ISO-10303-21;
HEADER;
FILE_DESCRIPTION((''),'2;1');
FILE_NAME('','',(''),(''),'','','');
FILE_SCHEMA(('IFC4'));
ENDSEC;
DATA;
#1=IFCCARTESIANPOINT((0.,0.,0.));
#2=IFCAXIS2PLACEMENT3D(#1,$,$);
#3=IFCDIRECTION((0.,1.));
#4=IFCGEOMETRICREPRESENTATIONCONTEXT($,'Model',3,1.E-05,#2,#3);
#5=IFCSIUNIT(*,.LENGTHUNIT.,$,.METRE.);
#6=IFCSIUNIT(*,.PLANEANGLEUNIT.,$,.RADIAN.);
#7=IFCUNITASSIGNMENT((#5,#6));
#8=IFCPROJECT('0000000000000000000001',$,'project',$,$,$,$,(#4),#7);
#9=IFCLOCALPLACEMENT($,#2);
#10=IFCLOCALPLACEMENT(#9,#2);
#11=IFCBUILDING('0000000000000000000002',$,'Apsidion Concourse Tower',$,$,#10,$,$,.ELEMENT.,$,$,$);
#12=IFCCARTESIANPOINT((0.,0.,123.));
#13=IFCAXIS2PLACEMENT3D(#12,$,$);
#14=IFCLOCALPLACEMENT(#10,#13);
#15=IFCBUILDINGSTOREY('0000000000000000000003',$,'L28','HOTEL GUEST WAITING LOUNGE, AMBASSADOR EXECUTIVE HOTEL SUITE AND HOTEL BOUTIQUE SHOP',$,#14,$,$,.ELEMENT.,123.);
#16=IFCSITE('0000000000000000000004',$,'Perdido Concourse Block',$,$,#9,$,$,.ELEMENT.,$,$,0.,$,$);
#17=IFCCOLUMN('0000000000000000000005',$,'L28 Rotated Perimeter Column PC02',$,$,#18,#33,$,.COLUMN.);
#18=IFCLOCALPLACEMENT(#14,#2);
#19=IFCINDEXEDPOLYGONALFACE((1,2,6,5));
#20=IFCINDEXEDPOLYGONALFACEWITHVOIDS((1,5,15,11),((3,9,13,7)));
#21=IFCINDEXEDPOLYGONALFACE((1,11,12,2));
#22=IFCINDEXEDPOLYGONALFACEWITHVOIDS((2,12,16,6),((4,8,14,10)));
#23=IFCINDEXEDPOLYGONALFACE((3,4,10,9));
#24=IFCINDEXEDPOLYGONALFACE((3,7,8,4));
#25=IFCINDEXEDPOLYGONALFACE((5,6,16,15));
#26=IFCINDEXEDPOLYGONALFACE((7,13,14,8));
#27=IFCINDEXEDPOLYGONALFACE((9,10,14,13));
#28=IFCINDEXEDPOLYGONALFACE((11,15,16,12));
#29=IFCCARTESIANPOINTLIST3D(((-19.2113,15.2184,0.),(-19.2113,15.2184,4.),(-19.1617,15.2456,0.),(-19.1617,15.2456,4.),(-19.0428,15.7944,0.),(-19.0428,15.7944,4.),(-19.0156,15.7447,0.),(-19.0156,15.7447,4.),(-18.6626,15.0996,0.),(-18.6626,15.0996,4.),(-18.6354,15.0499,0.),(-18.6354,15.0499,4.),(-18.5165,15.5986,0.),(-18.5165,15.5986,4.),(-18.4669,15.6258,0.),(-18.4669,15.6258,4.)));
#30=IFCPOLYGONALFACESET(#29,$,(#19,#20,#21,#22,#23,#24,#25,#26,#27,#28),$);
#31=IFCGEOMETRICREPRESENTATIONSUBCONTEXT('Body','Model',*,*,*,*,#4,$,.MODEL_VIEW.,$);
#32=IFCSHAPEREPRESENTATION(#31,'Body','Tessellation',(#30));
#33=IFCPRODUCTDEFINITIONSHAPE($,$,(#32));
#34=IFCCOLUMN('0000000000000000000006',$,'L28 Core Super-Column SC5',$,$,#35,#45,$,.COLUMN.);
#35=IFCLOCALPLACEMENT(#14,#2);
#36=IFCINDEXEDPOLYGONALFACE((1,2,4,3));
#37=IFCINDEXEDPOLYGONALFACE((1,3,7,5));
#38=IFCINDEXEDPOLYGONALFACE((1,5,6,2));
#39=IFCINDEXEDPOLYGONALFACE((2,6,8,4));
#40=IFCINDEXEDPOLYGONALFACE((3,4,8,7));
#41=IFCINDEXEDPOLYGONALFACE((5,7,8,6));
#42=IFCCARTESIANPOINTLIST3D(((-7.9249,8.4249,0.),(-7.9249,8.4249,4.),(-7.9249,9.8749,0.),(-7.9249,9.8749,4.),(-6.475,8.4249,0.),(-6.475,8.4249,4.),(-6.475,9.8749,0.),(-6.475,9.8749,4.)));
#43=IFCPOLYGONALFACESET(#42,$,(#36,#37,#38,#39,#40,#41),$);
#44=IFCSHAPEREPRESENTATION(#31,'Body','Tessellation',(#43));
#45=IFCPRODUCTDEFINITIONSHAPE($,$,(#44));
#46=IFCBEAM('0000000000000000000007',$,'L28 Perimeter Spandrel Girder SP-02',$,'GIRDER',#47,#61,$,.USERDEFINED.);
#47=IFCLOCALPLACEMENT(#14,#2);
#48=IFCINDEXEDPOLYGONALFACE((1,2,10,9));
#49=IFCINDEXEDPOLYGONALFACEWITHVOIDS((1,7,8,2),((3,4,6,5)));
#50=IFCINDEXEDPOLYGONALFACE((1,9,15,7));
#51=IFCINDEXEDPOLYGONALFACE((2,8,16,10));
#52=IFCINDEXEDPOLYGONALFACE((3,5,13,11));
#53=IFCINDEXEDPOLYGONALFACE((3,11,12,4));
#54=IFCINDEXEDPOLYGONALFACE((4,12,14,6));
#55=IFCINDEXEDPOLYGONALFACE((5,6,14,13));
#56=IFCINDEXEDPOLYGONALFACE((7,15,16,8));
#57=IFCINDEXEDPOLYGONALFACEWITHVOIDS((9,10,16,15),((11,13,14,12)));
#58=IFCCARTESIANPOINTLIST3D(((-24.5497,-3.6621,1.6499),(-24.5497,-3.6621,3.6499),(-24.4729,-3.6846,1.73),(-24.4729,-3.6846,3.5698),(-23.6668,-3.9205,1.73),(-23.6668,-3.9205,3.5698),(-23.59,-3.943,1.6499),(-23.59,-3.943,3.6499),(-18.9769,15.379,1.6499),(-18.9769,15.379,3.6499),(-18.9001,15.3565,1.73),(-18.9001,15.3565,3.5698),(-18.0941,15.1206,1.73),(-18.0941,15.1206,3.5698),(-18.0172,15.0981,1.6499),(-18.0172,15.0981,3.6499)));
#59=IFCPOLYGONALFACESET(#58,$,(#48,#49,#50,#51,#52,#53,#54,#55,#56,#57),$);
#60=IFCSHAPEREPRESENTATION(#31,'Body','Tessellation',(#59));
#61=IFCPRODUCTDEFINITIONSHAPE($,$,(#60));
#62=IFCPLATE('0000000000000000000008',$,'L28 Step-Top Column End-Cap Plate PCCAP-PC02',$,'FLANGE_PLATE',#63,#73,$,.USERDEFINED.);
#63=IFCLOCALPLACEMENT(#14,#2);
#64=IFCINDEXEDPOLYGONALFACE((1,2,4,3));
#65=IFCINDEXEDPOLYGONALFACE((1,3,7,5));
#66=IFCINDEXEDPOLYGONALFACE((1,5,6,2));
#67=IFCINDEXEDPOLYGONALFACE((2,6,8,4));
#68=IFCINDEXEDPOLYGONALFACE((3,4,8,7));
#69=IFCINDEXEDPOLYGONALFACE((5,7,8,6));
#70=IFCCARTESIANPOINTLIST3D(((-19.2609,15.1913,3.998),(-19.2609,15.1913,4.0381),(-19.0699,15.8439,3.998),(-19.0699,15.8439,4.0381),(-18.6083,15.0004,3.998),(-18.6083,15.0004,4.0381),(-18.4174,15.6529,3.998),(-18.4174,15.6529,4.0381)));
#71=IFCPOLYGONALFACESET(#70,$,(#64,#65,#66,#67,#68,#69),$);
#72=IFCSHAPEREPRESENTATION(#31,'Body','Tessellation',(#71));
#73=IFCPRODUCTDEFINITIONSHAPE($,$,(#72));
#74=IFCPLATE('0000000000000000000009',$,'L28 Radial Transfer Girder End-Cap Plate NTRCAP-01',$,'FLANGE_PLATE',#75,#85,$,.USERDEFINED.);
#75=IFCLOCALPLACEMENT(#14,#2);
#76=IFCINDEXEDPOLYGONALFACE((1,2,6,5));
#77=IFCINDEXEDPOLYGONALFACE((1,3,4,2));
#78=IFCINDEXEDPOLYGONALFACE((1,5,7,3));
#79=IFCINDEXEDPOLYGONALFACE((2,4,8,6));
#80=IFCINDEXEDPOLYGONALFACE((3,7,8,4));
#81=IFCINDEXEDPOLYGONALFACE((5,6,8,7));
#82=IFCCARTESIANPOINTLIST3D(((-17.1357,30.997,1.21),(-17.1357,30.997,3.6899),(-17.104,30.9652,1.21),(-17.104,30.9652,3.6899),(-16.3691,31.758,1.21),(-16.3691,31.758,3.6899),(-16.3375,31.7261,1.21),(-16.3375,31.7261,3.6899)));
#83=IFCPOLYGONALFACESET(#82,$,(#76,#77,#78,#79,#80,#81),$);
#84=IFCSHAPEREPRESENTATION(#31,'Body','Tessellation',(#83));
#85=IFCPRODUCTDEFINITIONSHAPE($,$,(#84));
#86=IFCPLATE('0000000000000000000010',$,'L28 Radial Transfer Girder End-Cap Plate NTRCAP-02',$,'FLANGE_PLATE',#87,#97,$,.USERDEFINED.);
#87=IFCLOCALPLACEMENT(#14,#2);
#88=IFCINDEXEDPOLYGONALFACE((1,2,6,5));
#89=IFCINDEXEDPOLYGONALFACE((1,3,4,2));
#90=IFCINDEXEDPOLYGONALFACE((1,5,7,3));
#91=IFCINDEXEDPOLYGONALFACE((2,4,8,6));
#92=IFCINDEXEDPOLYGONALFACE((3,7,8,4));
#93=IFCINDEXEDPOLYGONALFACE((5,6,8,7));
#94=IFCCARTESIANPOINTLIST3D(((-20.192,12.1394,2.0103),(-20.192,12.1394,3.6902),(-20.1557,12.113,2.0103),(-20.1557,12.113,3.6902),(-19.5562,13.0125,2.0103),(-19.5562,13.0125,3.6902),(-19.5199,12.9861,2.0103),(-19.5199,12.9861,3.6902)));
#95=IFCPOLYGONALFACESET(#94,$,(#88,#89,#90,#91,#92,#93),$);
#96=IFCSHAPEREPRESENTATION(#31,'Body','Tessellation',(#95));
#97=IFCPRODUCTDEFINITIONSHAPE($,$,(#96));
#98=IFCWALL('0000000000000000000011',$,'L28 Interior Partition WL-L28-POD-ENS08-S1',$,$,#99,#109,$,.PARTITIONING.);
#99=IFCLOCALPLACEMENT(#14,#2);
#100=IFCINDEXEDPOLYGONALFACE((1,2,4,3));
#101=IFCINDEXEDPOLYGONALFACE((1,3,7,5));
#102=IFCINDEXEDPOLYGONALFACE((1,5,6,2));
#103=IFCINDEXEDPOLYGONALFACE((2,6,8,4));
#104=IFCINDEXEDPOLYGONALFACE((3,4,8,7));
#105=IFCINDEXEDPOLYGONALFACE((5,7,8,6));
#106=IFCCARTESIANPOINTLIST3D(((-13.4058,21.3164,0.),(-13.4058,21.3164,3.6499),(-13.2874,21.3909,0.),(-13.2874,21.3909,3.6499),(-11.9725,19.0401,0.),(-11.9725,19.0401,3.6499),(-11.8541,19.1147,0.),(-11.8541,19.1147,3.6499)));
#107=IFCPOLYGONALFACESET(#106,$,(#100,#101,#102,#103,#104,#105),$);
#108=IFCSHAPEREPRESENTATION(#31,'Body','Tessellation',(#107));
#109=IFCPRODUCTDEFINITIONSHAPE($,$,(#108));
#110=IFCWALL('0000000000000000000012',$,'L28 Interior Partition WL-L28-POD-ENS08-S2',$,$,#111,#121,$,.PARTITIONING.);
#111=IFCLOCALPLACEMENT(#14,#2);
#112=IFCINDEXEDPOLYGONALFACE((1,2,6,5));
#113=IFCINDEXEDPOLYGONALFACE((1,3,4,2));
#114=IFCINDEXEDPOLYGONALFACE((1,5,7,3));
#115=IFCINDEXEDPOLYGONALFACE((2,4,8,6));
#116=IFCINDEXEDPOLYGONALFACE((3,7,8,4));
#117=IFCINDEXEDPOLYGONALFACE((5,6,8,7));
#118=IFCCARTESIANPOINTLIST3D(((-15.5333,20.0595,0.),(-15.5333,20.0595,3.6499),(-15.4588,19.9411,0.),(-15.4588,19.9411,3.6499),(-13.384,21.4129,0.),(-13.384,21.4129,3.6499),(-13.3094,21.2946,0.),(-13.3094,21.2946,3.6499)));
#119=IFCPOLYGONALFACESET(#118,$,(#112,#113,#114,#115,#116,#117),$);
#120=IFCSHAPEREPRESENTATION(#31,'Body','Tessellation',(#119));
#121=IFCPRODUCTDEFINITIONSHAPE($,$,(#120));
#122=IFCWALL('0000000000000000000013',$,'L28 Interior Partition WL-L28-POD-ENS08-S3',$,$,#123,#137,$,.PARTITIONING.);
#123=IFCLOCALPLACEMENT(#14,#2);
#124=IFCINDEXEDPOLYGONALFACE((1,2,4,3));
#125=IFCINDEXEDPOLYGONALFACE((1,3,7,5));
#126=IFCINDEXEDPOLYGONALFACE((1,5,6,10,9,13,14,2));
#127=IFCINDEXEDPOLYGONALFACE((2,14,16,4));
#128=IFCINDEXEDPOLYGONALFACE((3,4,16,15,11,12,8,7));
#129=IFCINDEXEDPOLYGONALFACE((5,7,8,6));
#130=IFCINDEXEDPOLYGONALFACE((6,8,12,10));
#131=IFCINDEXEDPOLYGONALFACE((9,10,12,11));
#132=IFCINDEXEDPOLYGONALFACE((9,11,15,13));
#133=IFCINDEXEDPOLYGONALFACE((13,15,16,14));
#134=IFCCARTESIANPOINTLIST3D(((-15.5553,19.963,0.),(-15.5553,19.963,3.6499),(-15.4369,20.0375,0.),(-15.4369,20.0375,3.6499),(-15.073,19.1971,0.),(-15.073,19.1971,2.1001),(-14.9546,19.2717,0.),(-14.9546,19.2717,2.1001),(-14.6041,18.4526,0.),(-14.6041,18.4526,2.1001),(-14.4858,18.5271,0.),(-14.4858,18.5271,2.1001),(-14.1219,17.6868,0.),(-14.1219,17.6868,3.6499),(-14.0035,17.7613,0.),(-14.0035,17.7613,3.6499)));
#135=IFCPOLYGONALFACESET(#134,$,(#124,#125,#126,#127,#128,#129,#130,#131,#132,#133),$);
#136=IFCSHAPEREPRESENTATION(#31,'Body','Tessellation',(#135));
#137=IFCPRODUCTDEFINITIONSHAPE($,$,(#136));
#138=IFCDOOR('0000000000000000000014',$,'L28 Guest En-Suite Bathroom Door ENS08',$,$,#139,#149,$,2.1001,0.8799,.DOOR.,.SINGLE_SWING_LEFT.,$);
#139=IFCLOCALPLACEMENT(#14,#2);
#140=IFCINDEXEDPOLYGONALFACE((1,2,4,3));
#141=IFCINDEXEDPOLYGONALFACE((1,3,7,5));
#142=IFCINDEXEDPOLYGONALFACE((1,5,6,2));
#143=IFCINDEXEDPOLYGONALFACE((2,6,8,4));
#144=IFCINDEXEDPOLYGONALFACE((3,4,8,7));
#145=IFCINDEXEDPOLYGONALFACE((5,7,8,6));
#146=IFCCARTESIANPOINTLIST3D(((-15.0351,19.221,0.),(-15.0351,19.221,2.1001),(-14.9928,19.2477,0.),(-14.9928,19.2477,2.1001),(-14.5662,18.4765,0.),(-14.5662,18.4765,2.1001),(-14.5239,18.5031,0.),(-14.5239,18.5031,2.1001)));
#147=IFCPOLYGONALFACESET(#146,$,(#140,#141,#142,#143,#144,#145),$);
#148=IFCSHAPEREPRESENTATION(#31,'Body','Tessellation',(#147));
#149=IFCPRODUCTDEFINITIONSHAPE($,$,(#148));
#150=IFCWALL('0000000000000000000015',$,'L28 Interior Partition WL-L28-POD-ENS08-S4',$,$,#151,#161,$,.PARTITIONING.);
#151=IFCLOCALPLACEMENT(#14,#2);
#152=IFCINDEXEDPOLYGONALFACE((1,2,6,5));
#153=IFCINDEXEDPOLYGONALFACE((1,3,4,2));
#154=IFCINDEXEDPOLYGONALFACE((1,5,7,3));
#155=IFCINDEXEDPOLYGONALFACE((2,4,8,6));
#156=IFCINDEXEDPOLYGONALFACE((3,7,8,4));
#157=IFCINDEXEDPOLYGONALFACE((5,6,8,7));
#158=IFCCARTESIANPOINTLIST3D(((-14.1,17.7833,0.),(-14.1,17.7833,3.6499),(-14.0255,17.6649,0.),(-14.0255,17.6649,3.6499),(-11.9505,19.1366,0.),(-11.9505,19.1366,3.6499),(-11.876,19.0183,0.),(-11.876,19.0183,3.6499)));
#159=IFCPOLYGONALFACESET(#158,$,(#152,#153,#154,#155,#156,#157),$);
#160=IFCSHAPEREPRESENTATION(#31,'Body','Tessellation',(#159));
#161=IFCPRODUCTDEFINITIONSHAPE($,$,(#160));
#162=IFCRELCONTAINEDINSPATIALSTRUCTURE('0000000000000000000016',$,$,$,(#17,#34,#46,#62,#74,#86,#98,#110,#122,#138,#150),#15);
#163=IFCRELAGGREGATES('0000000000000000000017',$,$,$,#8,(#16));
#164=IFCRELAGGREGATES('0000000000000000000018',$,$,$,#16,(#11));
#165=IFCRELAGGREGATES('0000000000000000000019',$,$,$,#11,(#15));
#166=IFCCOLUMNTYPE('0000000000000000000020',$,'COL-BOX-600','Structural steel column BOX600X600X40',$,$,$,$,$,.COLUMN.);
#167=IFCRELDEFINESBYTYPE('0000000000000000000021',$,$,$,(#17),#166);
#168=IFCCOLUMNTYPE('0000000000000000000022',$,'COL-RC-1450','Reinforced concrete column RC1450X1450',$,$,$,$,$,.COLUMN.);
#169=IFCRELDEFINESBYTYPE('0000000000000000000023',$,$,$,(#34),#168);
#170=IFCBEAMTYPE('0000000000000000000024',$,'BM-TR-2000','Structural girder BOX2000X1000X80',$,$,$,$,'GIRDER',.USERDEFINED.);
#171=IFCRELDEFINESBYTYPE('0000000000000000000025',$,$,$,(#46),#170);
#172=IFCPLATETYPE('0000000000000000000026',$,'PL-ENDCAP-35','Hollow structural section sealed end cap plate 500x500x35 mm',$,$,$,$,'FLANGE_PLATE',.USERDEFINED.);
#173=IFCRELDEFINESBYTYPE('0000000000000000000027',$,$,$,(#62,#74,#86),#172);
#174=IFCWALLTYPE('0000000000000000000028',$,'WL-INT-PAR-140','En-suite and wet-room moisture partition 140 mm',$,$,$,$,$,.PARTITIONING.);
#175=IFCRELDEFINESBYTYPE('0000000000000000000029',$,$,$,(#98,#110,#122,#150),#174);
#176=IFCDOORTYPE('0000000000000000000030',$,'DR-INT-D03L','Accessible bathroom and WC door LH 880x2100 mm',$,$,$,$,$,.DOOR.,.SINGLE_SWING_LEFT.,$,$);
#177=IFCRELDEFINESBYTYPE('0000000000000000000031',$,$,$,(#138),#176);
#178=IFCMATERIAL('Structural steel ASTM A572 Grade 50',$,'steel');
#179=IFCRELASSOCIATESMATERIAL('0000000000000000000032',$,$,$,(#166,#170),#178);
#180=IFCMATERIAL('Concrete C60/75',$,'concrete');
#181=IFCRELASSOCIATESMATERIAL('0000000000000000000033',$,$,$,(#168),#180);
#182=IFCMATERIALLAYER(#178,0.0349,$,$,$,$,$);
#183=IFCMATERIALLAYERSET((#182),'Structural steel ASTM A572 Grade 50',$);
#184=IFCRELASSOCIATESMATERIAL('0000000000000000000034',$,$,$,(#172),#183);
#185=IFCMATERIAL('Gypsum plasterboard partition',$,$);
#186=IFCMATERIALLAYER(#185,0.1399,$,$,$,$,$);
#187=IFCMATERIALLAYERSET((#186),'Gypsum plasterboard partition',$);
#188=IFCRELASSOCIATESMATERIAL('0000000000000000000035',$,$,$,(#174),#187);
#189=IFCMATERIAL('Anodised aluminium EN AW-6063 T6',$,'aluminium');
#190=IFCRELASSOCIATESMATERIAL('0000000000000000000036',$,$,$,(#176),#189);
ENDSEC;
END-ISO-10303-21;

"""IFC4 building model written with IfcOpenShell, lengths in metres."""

from ifc_helpers import new_model, si_unit, direction, frame, frame_2d, origin, origin_2d, place, context, subcontext, project, spatial, rectangle, hollow_rectangle, extrude, material, layer, layer_set, material_profile, profile_set, type_object, element, fill, save


model = new_model("IFC4")

# Units and contexts
model_context = context("Model", 3, precision=1e-05, world=origin(), true_north=direction((0.0, 1.0)))
body_context = subcontext(model_context, "Body", "Model", "MODEL_VIEW")
ifc_project = project(units=[si_unit("LENGTHUNIT", "METRE"), si_unit("PLANEANGLEUNIT", "RADIAN")], contexts=[model_context])

# Site, building, storey
site_placement = place(None, origin())
site = spatial("IfcSite", under=ifc_project, at=site_placement, Name="Perdido Concourse Block", CompositionType="ELEMENT", RefElevation=0.0)
building_placement = place(site_placement, origin())
building = spatial("IfcBuilding", under=site, at=building_placement, Name="Apsidion Concourse Tower", CompositionType="ELEMENT")
storey_placement = place(building_placement, frame((0.0, 0.0, 123.0)))
storey = spatial("IfcBuildingStorey", under=building, at=storey_placement, Name="L28", Description="HOTEL GUEST WAITING LOUNGE, AMBASSADOR EXECUTIVE HOTEL SUITE AND HOTEL BOUTIQUE SHOP", CompositionType="ELEMENT", Elevation=123.0)

# Columns
ifc_material_1 = material(Name="Structural steel ASTM A572 Grade 50", Category="steel")
ifc_material_profile_1 = material_profile(ifc_material_1, hollow_rectangle(XDim=0.6001, YDim=0.6001, WallThickness=0.04, at=origin_2d()), Name="BOX600X600X40")
ifc_profile_set_1 = profile_set([ifc_material_profile_1], Name="Structural steel ASTM A572 Grade 50")
column_type_1 = type_object("IfcColumnType", Name="COL-BOX-600", Description="Structural steel column BOX600X600X40", PredefinedType="COLUMN", material=ifc_profile_set_1)
column_1_placement = place(storey_placement, frame((-18.8391, 15.4221, 0.0), z_axis=(0.0, 0.0, 1.0), x_axis=(0.280834, 0.959756, 0.0)))
element("IfcColumn", 1, at=column_1_placement, inside=storey, type_object=column_type_1, Name="L28 Rotated Perimeter Column PC02", PredefinedType="COLUMN", context=body_context, shape_type="SweptSolid", body=[
    extrude(hollow_rectangle(XDim=0.6001, YDim=0.6001, WallThickness=0.04, at=origin_2d()), origin(), (0.0, 0.0, 1.0), 4.0),
])
ifc_material_2 = material(Name="Concrete C60/75", Category="concrete")
ifc_material_profile_2 = material_profile(ifc_material_2, rectangle(XDim=1.45, YDim=1.45, at=origin_2d()), Name="RC 1450x1450")
ifc_profile_set_2 = profile_set([ifc_material_profile_2], Name="Concrete C60/75")
column_type_2 = type_object("IfcColumnType", Name="COL-RC-1450", Description="Reinforced concrete column RC1450X1450", PredefinedType="COLUMN", material=ifc_profile_set_2)
column_2_placement = place(storey_placement, frame((-7.2, 9.1499, 0.0), z_axis=(0.0, 0.0, 1.0), x_axis=(1.0, 0.0, 0.0)))
element("IfcColumn", 2, at=column_2_placement, inside=storey, type_object=column_type_2, Name="L28 Core Super-Column SC5", PredefinedType="COLUMN", context=body_context, shape_type="SweptSolid", body=[
    extrude(rectangle(XDim=1.45, YDim=1.45, at=origin_2d()), origin(), (0.0, 0.0, 1.0), 4.0),
])

# Beam
ifc_material_profile_3 = material_profile(ifc_material_1, hollow_rectangle(XDim=1.0, YDim=2.0, WallThickness=0.0801, at=origin_2d()), Name="BOX2000X1000X80")
ifc_profile_set_3 = profile_set([ifc_material_profile_3], Name="Structural steel ASTM A572 Grade 50")
beam_type = type_object("IfcBeamType", Name="BM-TR-2000", Description="Structural girder BOX2000X1000X80", ElementType="GIRDER", PredefinedType="USERDEFINED", material=ifc_profile_set_3)
beam_placement = place(storey_placement, frame((-18.4971, 15.2385, 2.6499), z_axis=(-0.280888, -0.95974, 0.0), x_axis=(0.95974, -0.280888, 0.0)))
element("IfcBeam", 3, at=beam_placement, inside=storey, type_object=beam_type, Name="L28 Perimeter Spandrel Girder SP-02", ObjectType="GIRDER", PredefinedType="USERDEFINED", context=body_context, shape_type="SweptSolid", body=[
    extrude(hollow_rectangle(XDim=1.0, YDim=2.0, WallThickness=0.0801, at=origin_2d()), origin(), (0.0, 0.0, 1.0), 19.8398),
])

# Plates
ifc_layer_1 = layer(ifc_material_1, 0.0349)
ifc_layer_set_1 = layer_set([ifc_layer_1], Name="Structural steel ASTM A572 Grade 50")
plate_type = type_object("IfcPlateType", Name="PL-ENDCAP-35", Description="Hollow structural section sealed end cap plate 500x500x35 mm", ElementType="FLANGE_PLATE", PredefinedType="USERDEFINED", material=ifc_layer_set_1)
plate_1_placement = place(storey_placement, frame((-18.8391, 15.4221, 3.998), z_axis=(0.0, 0.0, 1.0), x_axis=(0.280834, 0.959756, 0.0)))
element("IfcPlate", 4, at=plate_1_placement, inside=storey, type_object=plate_type, Name="L28 Step-Top Column End-Cap Plate PCCAP-PC02", ObjectType="FLANGE_PLATE", PredefinedType="USERDEFINED", context=body_context, shape_type="SweptSolid", body=[
    extrude(rectangle(XDim=0.6799, YDim=0.6799, at=origin_2d()), origin(), (0.0, 0.0, 1.0), 0.04),
])
plate_2_placement = place(storey_placement, frame((-16.7366, 31.3616, 1.21), z_axis=(0.0, 0.0, 1.0), x_axis=(-0.70451, 0.709694, 0.0)))
element("IfcPlate", 5, at=plate_2_placement, inside=storey, type_object=plate_type, Name="L28 Radial Transfer Girder End-Cap Plate NTRCAP-01", ObjectType="FLANGE_PLATE", PredefinedType="USERDEFINED", context=body_context, shape_type="SweptSolid", body=[
    extrude(rectangle(XDim=0.0449, YDim=1.0801, at=origin_2d()), origin(), (0.0, 0.0, 1.0), 2.48),
])
plate_3_placement = place(storey_placement, frame((-19.856, 12.5627, 2.0103), z_axis=(0.0, 0.0, 1.0), x_axis=(-0.808401, 0.588632, 0.0)))
element("IfcPlate", 6, at=plate_3_placement, inside=storey, type_object=plate_type, Name="L28 Radial Transfer Girder End-Cap Plate NTRCAP-02", ObjectType="FLANGE_PLATE", PredefinedType="USERDEFINED", context=body_context, shape_type="SweptSolid", body=[
    extrude(rectangle(XDim=0.0449, YDim=1.0801, at=origin_2d()), origin(), (0.0, 0.0, 1.0), 1.6799),
])

# Walls
ifc_material_3 = material(Name="Gypsum plasterboard partition")
ifc_layer_2 = layer(ifc_material_3, 0.1399)
ifc_layer_set_2 = layer_set([ifc_layer_2], Name="Gypsum plasterboard partition")
wall_type_1 = type_object("IfcWallType", Name="WL-INT-PAR-140", Description="En-suite and wet-room moisture partition 140 mm", PredefinedType="PARTITIONING", material=ifc_layer_set_2)
wall_1_placement = place(storey_placement, frame((-11.9133, 19.0774, 0.0), z_axis=(0.0, 0.0, 1.0), x_axis=(-0.532835, 0.846219, 0.0)))
element("IfcWall", 7, at=wall_1_placement, inside=storey, type_object=wall_type_1, Name="L28 Interior Partition WL-L28-POD-ENS08-S1", PredefinedType="PARTITIONING", context=body_context, shape_type="SweptSolid", body=[
    extrude(rectangle(XDim=2.6899, YDim=0.1399, at=frame_2d((1.345, 0.0))), origin(), (0.0, 0.0, 1.0), 3.6499),
])
wall_2_placement = place(storey_placement, frame((-13.3467, 21.3538, 0.0), z_axis=(0.0, 0.0, 1.0), x_axis=(-0.846201, -0.532864, 0.0)))
element("IfcWall", 8, at=wall_2_placement, inside=storey, type_object=wall_type_1, Name="L28 Interior Partition WL-L28-POD-ENS08-S2", PredefinedType="PARTITIONING", context=body_context, shape_type="SweptSolid", body=[
    extrude(rectangle(XDim=2.54, YDim=0.1399, at=frame_2d((1.27, 0.0))), origin(), (0.0, 0.0, 1.0), 3.6499),
])

# Wall, opening, door
wall_3_placement = place(storey_placement, frame((-15.4961, 20.0002, 0.0), z_axis=(0.0, 0.0, 1.0), x_axis=(0.532876, -0.846193, 0.0)))
wall_3 = element("IfcWall", 9, at=wall_3_placement, inside=storey, type_object=wall_type_1, Name="L28 Interior Partition WL-L28-POD-ENS08-S3", PredefinedType="PARTITIONING", context=body_context, shape_type="SweptSolid", body=[
    extrude(rectangle(XDim=2.6899, YDim=0.1399, at=frame_2d((1.345, 0.0))), origin(), (0.0, 0.0, 1.0), 3.6499),
])
opening_1_placement = place(wall_3_placement, frame((0.905, 0.0, 0.0)))
opening_1 = element("IfcOpeningElement", 10, at=opening_1_placement, cuts=wall_3, PredefinedType="OPENING", context=body_context, shape_type="SweptSolid", body=[
    extrude(rectangle(XDim=0.8799, YDim=2.1001, at=frame_2d((0.4399, 1.05))), frame((0.0, 0.0801, 0.0), z_axis=(0.0, -1.0, 0.0), x_axis=(1.0, 0.0, 0.0)), (0.0, 0.0, 1.0), 0.1599),
])
ifc_material_4 = material(Name="Anodised aluminium EN AW-6063 T6", Category="aluminium")
door_type_1 = type_object("IfcDoorType", Name="DR-INT-D03L", Description="Accessible bathroom and WC door LH 880x2100 mm", OperationType="SINGLE_SWING_LEFT", PredefinedType="DOOR", material=ifc_material_4)
door_1_placement = place(opening_1_placement, origin())
door_1 = element("IfcDoor", 11, at=door_1_placement, inside=storey, type_object=door_type_1, Name="L28 Guest En-Suite Bathroom Door ENS08", OperationType="SINGLE_SWING_LEFT", OverallHeight=2.1001, OverallWidth=0.8799, PredefinedType="DOOR", context=body_context, shape_type="SweptSolid", body=[
    extrude(rectangle(XDim=0.8799, YDim=2.1001, at=frame_2d((0.4399, 1.05))), frame((0.0, 0.0249, 0.0), z_axis=(0.0, -1.0, 0.0), x_axis=(1.0, 0.0, 0.0)), (0.0, 0.0, 1.0), 0.05),
])
fill(opening_1, door_1)

# Wall
wall_4_placement = place(storey_placement, frame((-14.0627, 17.7241, 0.0), z_axis=(0.0, 0.0, 1.0), x_axis=(0.846244, 0.532795, 0.0)))
element("IfcWall", 12, at=wall_4_placement, inside=storey, type_object=wall_type_1, Name="L28 Interior Partition WL-L28-POD-ENS08-S4", PredefinedType="PARTITIONING", context=body_context, shape_type="SweptSolid", body=[
    extrude(rectangle(XDim=2.54, YDim=0.1399, at=frame_2d((1.27, 0.0))), origin(), (0.0, 0.0, 1.0), 3.6499),
])

save(model, "model.ifc")
